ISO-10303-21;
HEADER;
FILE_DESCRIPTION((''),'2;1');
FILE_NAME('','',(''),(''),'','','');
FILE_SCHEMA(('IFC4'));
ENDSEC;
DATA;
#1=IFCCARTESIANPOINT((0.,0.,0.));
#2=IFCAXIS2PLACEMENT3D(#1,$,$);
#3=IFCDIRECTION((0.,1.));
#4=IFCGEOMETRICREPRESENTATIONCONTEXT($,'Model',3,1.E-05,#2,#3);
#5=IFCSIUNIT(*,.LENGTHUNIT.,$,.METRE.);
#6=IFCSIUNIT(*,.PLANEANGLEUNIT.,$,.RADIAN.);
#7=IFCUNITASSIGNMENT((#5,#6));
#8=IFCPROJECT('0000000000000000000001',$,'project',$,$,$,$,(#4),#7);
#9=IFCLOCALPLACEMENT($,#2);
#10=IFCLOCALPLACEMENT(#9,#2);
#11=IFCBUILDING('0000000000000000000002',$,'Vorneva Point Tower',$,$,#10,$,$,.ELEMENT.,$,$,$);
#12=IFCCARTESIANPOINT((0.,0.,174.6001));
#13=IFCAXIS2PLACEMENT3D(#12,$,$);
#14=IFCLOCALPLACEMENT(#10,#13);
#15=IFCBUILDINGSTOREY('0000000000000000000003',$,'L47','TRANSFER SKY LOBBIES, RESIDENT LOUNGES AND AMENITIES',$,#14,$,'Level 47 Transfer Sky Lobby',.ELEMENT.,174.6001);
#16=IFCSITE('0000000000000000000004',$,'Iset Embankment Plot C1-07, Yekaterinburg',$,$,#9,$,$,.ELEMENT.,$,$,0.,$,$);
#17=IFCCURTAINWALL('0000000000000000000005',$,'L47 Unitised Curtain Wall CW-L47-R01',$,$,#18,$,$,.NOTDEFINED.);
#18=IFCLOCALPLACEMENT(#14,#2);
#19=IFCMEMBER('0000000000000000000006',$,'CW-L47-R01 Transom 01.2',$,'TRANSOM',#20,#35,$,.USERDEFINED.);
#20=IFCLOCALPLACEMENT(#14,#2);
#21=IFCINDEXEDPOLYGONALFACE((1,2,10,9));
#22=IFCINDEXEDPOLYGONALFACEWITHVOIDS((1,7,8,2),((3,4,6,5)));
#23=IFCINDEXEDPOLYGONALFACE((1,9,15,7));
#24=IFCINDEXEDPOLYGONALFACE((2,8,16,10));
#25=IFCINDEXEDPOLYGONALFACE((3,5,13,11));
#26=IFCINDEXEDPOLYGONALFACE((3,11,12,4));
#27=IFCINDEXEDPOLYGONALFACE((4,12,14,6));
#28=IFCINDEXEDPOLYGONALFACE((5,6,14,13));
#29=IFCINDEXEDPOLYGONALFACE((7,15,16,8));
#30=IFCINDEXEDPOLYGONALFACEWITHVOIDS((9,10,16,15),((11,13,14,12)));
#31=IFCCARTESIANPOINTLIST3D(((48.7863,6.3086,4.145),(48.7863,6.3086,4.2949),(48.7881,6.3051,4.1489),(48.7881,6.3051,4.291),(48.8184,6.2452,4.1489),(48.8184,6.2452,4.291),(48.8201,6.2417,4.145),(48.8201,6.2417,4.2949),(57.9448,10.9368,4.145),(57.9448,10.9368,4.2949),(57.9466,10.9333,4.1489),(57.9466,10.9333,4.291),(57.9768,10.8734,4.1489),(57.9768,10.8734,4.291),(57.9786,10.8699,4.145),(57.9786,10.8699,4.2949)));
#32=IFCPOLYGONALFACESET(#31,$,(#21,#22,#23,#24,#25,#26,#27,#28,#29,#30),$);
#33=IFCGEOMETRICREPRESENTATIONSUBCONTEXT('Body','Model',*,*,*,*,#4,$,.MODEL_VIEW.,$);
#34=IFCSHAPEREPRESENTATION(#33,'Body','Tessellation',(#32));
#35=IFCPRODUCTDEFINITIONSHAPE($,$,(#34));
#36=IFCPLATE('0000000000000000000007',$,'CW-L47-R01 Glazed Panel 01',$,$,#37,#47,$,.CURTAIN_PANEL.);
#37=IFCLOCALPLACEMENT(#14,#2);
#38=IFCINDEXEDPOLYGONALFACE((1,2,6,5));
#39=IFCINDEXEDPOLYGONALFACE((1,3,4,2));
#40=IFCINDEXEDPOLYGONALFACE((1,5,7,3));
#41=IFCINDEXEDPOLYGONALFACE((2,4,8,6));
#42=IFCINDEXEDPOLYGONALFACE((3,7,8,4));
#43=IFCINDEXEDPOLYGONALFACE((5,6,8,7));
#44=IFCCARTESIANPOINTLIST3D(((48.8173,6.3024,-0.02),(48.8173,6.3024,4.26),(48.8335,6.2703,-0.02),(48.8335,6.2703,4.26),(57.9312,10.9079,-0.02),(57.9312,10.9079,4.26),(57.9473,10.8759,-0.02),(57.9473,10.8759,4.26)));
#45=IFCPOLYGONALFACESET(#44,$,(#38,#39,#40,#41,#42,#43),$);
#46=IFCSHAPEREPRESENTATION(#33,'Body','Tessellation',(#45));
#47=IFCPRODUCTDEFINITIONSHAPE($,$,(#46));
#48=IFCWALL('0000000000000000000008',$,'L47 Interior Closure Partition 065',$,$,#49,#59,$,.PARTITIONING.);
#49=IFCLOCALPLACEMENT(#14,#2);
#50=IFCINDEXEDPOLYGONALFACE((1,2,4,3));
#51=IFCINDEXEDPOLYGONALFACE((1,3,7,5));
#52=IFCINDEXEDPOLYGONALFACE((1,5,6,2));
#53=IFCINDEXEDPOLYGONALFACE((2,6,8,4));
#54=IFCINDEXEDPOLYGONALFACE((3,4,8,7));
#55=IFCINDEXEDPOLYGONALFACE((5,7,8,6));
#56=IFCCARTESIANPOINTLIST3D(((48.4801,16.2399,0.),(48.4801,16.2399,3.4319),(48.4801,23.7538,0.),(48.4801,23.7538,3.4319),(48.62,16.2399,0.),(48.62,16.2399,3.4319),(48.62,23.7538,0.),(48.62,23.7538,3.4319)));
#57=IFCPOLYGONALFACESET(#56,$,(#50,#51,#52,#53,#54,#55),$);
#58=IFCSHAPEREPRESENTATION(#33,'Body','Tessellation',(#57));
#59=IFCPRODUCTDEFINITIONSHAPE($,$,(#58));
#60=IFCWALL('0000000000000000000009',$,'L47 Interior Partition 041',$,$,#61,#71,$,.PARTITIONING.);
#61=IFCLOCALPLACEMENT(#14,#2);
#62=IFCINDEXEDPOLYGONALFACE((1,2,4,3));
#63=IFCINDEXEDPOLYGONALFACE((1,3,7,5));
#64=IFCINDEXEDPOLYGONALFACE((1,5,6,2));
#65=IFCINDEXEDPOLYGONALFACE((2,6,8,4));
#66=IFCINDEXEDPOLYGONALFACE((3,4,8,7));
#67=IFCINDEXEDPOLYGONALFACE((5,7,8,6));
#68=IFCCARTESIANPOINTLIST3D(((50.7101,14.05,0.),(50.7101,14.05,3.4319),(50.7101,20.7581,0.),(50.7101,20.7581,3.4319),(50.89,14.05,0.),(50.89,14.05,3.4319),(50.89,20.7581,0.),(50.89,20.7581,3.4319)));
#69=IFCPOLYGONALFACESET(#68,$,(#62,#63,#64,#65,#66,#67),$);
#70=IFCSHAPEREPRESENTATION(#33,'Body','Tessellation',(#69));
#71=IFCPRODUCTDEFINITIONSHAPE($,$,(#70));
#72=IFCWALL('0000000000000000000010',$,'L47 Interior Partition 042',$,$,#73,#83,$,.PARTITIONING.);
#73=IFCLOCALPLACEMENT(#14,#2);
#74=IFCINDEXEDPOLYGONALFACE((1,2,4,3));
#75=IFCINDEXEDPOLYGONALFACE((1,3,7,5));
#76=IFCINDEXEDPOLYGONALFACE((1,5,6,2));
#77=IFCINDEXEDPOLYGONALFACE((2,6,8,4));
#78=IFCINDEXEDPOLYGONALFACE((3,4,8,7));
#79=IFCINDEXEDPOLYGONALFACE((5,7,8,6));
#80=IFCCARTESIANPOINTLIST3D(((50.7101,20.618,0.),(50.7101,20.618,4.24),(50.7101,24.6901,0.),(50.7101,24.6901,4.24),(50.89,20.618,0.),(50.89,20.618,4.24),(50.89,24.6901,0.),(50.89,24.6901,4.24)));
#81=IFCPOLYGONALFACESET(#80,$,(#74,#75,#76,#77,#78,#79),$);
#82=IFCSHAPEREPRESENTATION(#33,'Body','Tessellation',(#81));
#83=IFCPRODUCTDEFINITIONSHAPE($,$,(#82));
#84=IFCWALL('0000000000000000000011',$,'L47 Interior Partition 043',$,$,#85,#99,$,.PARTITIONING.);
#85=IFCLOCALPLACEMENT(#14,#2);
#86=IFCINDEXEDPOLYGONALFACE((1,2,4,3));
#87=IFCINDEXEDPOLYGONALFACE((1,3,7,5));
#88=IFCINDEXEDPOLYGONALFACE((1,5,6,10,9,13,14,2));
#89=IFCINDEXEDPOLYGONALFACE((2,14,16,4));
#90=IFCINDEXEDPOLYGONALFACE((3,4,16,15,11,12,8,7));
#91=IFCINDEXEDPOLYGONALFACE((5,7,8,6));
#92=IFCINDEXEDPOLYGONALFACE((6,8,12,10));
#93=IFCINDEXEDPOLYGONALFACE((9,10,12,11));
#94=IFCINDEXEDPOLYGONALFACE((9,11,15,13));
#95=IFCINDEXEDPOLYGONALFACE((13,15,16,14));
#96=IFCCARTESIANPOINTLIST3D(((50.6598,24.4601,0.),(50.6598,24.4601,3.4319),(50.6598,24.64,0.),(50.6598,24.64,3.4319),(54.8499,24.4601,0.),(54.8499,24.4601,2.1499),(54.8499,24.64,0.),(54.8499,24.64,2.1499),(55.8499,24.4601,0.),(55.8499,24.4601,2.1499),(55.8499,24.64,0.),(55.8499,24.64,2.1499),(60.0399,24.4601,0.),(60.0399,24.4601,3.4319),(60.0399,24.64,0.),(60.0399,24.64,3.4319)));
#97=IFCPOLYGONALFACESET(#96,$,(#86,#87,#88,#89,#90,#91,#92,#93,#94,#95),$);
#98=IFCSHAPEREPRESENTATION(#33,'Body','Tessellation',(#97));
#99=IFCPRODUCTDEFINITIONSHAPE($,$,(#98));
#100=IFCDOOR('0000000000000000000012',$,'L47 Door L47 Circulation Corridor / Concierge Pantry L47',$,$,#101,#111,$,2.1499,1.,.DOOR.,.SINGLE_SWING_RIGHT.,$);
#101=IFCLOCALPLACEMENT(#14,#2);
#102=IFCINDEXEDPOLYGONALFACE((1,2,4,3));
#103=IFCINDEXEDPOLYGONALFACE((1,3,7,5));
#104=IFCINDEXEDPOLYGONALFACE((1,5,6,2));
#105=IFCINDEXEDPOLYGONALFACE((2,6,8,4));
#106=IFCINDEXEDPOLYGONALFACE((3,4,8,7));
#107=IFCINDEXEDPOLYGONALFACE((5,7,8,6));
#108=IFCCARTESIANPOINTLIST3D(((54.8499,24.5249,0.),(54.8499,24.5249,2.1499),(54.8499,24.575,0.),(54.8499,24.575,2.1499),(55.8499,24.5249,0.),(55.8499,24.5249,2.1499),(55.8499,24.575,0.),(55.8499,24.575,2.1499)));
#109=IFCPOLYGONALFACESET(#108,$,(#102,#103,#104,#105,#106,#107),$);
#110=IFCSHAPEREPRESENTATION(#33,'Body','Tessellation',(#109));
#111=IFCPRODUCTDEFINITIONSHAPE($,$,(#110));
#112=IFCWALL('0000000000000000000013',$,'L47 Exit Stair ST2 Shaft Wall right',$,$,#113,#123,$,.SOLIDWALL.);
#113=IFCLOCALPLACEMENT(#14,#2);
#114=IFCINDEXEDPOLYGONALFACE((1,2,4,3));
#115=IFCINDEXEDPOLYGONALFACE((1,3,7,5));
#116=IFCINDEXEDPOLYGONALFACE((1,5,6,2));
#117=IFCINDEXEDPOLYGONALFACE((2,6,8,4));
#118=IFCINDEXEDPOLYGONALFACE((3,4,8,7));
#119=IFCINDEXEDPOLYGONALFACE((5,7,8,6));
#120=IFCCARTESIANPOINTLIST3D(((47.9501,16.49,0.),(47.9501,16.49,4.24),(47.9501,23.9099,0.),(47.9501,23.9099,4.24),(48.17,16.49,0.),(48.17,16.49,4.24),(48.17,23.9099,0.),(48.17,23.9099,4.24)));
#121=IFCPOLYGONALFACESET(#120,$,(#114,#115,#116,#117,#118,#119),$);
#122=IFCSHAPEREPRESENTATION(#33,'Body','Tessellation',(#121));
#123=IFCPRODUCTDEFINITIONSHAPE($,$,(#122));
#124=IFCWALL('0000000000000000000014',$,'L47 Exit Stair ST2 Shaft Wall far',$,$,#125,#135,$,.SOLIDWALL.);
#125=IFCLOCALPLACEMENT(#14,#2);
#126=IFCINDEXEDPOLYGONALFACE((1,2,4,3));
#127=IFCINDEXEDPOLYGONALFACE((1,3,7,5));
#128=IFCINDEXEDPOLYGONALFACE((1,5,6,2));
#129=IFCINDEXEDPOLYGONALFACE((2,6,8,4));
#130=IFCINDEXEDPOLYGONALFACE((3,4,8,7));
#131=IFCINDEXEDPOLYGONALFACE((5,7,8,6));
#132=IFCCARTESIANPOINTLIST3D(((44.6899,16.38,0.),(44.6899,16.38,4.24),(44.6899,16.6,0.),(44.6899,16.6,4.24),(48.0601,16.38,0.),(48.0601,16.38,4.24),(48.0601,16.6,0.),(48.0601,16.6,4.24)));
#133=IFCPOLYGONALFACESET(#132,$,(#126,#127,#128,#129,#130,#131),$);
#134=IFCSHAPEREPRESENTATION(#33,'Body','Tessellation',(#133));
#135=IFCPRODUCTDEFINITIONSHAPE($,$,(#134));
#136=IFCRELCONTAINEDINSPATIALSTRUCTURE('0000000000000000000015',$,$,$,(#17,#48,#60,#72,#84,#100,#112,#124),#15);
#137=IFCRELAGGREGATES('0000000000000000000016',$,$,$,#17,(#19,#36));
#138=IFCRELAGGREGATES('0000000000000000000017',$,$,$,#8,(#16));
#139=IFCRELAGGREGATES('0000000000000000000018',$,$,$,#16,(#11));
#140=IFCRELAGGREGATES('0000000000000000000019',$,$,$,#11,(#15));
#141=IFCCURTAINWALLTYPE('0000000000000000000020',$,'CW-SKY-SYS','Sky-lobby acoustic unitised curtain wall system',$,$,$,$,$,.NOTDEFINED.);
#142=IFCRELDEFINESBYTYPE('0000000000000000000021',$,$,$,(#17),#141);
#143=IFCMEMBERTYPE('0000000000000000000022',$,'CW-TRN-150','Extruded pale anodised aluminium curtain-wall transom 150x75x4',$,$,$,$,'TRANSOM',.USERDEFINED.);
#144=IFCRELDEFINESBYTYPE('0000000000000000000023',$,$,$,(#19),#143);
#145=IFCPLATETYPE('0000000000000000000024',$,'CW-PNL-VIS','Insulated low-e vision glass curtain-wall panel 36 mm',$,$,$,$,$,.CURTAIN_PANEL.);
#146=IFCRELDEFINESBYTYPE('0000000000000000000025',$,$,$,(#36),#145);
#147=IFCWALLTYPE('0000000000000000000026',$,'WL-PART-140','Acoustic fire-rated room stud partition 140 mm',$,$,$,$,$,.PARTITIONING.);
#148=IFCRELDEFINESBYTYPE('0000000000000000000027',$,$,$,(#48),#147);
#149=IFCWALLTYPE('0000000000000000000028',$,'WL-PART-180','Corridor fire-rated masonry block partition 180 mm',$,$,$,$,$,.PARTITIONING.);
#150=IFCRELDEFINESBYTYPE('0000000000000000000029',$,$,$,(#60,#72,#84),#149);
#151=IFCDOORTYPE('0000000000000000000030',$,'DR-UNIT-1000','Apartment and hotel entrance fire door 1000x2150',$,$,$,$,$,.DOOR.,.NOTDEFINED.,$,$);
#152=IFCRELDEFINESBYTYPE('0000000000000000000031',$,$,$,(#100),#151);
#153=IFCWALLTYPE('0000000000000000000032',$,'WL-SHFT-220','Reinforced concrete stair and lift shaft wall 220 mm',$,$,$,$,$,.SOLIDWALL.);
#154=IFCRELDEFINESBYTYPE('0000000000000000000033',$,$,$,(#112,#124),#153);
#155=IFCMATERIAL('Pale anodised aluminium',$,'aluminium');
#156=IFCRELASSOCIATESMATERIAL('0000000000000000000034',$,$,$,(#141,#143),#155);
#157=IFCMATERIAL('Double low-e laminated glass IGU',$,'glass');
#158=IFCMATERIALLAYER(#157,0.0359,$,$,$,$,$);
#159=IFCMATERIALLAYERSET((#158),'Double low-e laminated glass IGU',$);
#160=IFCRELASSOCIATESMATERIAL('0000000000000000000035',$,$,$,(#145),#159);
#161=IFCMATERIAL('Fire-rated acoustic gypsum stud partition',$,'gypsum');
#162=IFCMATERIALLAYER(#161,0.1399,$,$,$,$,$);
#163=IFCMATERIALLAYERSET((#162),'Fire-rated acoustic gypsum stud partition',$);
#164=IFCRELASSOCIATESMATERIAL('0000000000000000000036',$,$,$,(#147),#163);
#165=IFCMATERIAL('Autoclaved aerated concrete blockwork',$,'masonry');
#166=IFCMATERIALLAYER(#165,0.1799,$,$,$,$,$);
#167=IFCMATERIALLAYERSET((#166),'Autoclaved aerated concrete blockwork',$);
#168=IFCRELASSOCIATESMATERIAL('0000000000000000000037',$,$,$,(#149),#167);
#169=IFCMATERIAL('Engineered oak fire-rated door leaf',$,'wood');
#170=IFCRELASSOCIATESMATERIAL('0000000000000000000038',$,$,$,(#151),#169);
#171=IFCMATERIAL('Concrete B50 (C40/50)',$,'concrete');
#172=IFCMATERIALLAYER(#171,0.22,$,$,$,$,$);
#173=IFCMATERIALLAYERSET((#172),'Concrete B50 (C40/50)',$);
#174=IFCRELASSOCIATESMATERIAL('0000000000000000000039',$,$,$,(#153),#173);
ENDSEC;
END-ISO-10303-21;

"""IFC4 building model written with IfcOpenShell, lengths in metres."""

from ifc_helpers import new_model, si_unit, direction, frame, frame_2d, origin, origin_2d, place, context, subcontext, project, spatial, rectangle, hollow_rectangle, extrude, material, layer, layer_set, material_profile, profile_set, type_object, element, fill, aggregate, save


model = new_model("IFC4")

# Units and contexts
model_context = context("Model", 3, precision=1e-05, world=origin(), true_north=direction((0.0, 1.0)))
body_context = subcontext(model_context, "Body", "Model", "MODEL_VIEW")
ifc_project = project(units=[si_unit("LENGTHUNIT", "METRE"), si_unit("PLANEANGLEUNIT", "RADIAN")], contexts=[model_context])

# Site, building, storey
site_placement = place(None, origin())
site = spatial("IfcSite", under=ifc_project, at=site_placement, Name="Iset Embankment Plot C1-07, Yekaterinburg", CompositionType="ELEMENT", RefElevation=0.0)
building_placement = place(site_placement, origin())
building = spatial("IfcBuilding", under=site, at=building_placement, Name="Vorneva Point Tower", CompositionType="ELEMENT")
storey_placement = place(building_placement, frame((0.0, 0.0, 174.6001)))
storey = spatial("IfcBuildingStorey", under=building, at=storey_placement, Name="L47", Description="TRANSFER SKY LOBBIES, RESIDENT LOUNGES AND AMENITIES", LongName="Level 47 Transfer Sky Lobby", CompositionType="ELEMENT", Elevation=174.6001)

# Curtain wall, member, plate
ifc_material_1 = material(Name="Pale anodised aluminium", Category="aluminium")
curtain_wall_type = type_object("IfcCurtainWallType", Name="CW-SKY-SYS", Description="Sky-lobby acoustic unitised curtain wall system", PredefinedType="NOTDEFINED", material=ifc_material_1)
curtain_wall_placement = place(storey_placement, origin())
curtain_wall = element("IfcCurtainWall", 1, at=curtain_wall_placement, inside=storey, type_object=curtain_wall_type, Name="L47 Unitised Curtain Wall CW-L47-R01", PredefinedType="NOTDEFINED")
ifc_material_profile_1 = material_profile(ifc_material_1, hollow_rectangle(XDim=0.075, YDim=0.1499, WallThickness=0.0039, at=origin_2d()), Name="AL-TRN 150x75x4")
ifc_profile_set_1 = profile_set([ifc_material_profile_1], Name="Pale anodised aluminium")
member_type_1 = type_object("IfcMemberType", Name="CW-TRN-150", Description="Extruded pale anodised aluminium curtain-wall transom 150x75x4", ElementType="TRANSOM", PredefinedType="USERDEFINED", material=ifc_profile_set_1)
member_1_placement = place(storey_placement, frame((48.8032, 6.2751, 4.22), z_axis=(0.892511, 0.451026, 0.0), x_axis=(-0.451026, 0.892511, 0.0)))
member_1 = element("IfcMember", 2, at=member_1_placement, type_object=member_type_1, Name="CW-L47-R01 Transom 01.2", ObjectType="TRANSOM", PredefinedType="USERDEFINED", context=body_context, shape_type="SweptSolid", body=[
    extrude(hollow_rectangle(XDim=0.075, YDim=0.1499, WallThickness=0.0039, at=origin_2d()), origin(), (0.0, 0.0, 1.0), 10.2615),
])
ifc_material_2 = material(Name="Double low-e laminated glass IGU", Category="glass")
ifc_layer_1 = layer(ifc_material_2, 0.0359)
ifc_layer_set_1 = layer_set([ifc_layer_1], Name="Double low-e laminated glass IGU")
plate_type = type_object("IfcPlateType", Name="CW-PNL-VIS", Description="Insulated low-e vision glass curtain-wall panel 36 mm", PredefinedType="CURTAIN_PANEL", material=ifc_layer_set_1)
plate_placement = place(storey_placement, frame((53.3823, 8.5891, -0.02), z_axis=(0.0, 0.0, 1.0), x_axis=(0.892515, 0.451018, 0.0)))
plate = element("IfcPlate", 3, at=plate_placement, type_object=plate_type, Name="CW-L47-R01 Glazed Panel 01", PredefinedType="CURTAIN_PANEL", context=body_context, shape_type="SweptSolid", body=[
    extrude(rectangle(XDim=10.2114, YDim=0.0359, at=origin_2d()), origin(), (0.0, 0.0, 1.0), 4.28),
])
aggregate(curtain_wall, [member_1, plate])

# Wall
ifc_material_3 = material(Name="Fire-rated acoustic gypsum stud partition", Category="gypsum")
ifc_layer_2 = layer(ifc_material_3, 0.1399)
ifc_layer_set_2 = layer_set([ifc_layer_2], Name="Fire-rated acoustic gypsum stud partition")
wall_type_1 = type_object("IfcWallType", Name="WL-PART-140", Description="Acoustic fire-rated room stud partition 140 mm", PredefinedType="PARTITIONING", material=ifc_layer_set_2)
wall_1_placement = place(storey_placement, frame((48.55, 16.24, 0.0), z_axis=(0.0, 0.0, 1.0), x_axis=(0.0, 1.0, 0.0)))
element("IfcWall", 4, at=wall_1_placement, inside=storey, type_object=wall_type_1, Name="L47 Interior Closure Partition 065", PredefinedType="PARTITIONING", context=body_context, shape_type="SweptSolid", body=[
    extrude(rectangle(XDim=7.5139, YDim=0.1399, at=frame_2d((3.7568, 0.0))), origin(), (0.0, 0.0, 1.0), 3.4319),
])

# Shared definitions
ifc_material_4 = material(Name="Autoclaved aerated concrete blockwork", Category="masonry")
ifc_layer_3 = layer(ifc_material_4, 0.1799)
ifc_layer_set_3 = layer_set([ifc_layer_3], Name="Autoclaved aerated concrete blockwork")
wall_type_2 = type_object("IfcWallType", Name="WL-PART-180", Description="Corridor fire-rated masonry block partition 180 mm", PredefinedType="PARTITIONING", material=ifc_layer_set_3)

# Walls
wall_2_placement = place(storey_placement, frame((50.8, 14.05, 0.0), z_axis=(0.0, 0.0, 1.0), x_axis=(0.0, 1.0, 0.0)))
element("IfcWall", 5, at=wall_2_placement, inside=storey, type_object=wall_type_2, Name="L47 Interior Partition 041", PredefinedType="PARTITIONING", context=body_context, shape_type="SweptSolid", body=[
    extrude(rectangle(XDim=6.708, YDim=0.1799, at=frame_2d((3.354, 0.0))), origin(), (0.0, 0.0, 1.0), 3.4319),
])
wall_3_placement = place(storey_placement, frame((50.8, 20.6179, 0.0), z_axis=(0.0, 0.0, 1.0), x_axis=(0.0, 1.0, 0.0)))
element("IfcWall", 6, at=wall_3_placement, inside=storey, type_object=wall_type_2, Name="L47 Interior Partition 042", PredefinedType="PARTITIONING", context=body_context, shape_type="SweptSolid", body=[
    extrude(rectangle(XDim=4.072, YDim=0.1799, at=frame_2d((2.0361, 0.0))), origin(), (0.0, 0.0, 1.0), 4.24),
])

# Wall, opening, door
wall_4_placement = place(storey_placement, frame((50.6599, 24.55, 0.0), z_axis=(0.0, 0.0, 1.0), x_axis=(1.0, 0.0, 0.0)))
wall_4 = element("IfcWall", 7, at=wall_4_placement, inside=storey, type_object=wall_type_2, Name="L47 Interior Partition 043", PredefinedType="PARTITIONING", context=body_context, shape_type="SweptSolid", body=[
    extrude(rectangle(XDim=9.3801, YDim=0.1799, at=frame_2d((4.6899, 0.0))), origin(), (0.0, 0.0, 1.0), 3.4319),
])
opening_1_placement = place(wall_4_placement, frame((4.1899, 0.0, 0.0)))
opening_1 = element("IfcOpeningElement", 8, at=opening_1_placement, cuts=wall_4, PredefinedType="OPENING", context=body_context, shape_type="SweptSolid", body=[
    extrude(rectangle(XDim=1.0, YDim=2.1499, at=frame_2d((0.5, 1.075))), frame((0.0, 0.105, 0.0), z_axis=(0.0, -1.0, 0.0), x_axis=(1.0, 0.0, 0.0)), (0.0, 0.0, 1.0), 0.2097),
])
ifc_material_5 = material(Name="Engineered oak fire-rated door leaf", Category="wood")
door_type_1 = type_object("IfcDoorType", Name="DR-UNIT-1000", Description="Apartment and hotel entrance fire door 1000x2150", OperationType="NOTDEFINED", PredefinedType="DOOR", material=ifc_material_5)
door_1_placement = place(opening_1_placement, origin())
door_1 = element("IfcDoor", 9, at=door_1_placement, inside=storey, type_object=door_type_1, Name="L47 Door L47 Circulation Corridor / Concierge Pantry L47", OperationType="SINGLE_SWING_RIGHT", OverallHeight=2.1499, OverallWidth=1.0, PredefinedType="DOOR", context=body_context, shape_type="SweptSolid", body=[
    extrude(rectangle(XDim=1.0, YDim=2.1499, at=frame_2d((0.5, 1.075))), frame((0.0, 0.0249, 0.0), z_axis=(0.0, -1.0, 0.0), x_axis=(1.0, 0.0, 0.0)), (0.0, 0.0, 1.0), 0.05),
])
fill(opening_1, door_1)

# Walls
ifc_material_6 = material(Name="Concrete B50 (C40/50)", Category="concrete")
ifc_layer_4 = layer(ifc_material_6, 0.22)
ifc_layer_set_4 = layer_set([ifc_layer_4], Name="Concrete B50 (C40/50)")
wall_type_3 = type_object("IfcWallType", Name="WL-SHFT-220", Description="Reinforced concrete stair and lift shaft wall 220 mm", PredefinedType="SOLIDWALL", material=ifc_layer_set_4)
wall_5_placement = place(storey_placement, frame((48.0601, 23.9099, 0.0), z_axis=(0.0, 0.0, 1.0), x_axis=(0.0, -1.0, 0.0)))
element("IfcWall", 10, at=wall_5_placement, inside=storey, type_object=wall_type_3, Name="L47 Exit Stair ST2 Shaft Wall right", PredefinedType="SOLIDWALL", context=body_context, shape_type="SweptSolid", body=[
    extrude(rectangle(XDim=7.4199, YDim=0.22, at=frame_2d((3.71, 0.0))), origin(), (0.0, 0.0, 1.0), 4.24),
])
wall_6_placement = place(storey_placement, frame((48.0601, 16.49, 0.0), z_axis=(0.0, 0.0, 1.0), x_axis=(-1.0, 0.0, 0.0)))
element("IfcWall", 11, at=wall_6_placement, inside=storey, type_object=wall_type_3, Name="L47 Exit Stair ST2 Shaft Wall far", PredefinedType="SOLIDWALL", context=body_context, shape_type="SweptSolid", body=[
    extrude(rectangle(XDim=3.3701, YDim=0.22, at=frame_2d((1.6851, 0.0))), origin(), (0.0, 0.0, 1.0), 4.24),
])

save(model, "model.ifc")
